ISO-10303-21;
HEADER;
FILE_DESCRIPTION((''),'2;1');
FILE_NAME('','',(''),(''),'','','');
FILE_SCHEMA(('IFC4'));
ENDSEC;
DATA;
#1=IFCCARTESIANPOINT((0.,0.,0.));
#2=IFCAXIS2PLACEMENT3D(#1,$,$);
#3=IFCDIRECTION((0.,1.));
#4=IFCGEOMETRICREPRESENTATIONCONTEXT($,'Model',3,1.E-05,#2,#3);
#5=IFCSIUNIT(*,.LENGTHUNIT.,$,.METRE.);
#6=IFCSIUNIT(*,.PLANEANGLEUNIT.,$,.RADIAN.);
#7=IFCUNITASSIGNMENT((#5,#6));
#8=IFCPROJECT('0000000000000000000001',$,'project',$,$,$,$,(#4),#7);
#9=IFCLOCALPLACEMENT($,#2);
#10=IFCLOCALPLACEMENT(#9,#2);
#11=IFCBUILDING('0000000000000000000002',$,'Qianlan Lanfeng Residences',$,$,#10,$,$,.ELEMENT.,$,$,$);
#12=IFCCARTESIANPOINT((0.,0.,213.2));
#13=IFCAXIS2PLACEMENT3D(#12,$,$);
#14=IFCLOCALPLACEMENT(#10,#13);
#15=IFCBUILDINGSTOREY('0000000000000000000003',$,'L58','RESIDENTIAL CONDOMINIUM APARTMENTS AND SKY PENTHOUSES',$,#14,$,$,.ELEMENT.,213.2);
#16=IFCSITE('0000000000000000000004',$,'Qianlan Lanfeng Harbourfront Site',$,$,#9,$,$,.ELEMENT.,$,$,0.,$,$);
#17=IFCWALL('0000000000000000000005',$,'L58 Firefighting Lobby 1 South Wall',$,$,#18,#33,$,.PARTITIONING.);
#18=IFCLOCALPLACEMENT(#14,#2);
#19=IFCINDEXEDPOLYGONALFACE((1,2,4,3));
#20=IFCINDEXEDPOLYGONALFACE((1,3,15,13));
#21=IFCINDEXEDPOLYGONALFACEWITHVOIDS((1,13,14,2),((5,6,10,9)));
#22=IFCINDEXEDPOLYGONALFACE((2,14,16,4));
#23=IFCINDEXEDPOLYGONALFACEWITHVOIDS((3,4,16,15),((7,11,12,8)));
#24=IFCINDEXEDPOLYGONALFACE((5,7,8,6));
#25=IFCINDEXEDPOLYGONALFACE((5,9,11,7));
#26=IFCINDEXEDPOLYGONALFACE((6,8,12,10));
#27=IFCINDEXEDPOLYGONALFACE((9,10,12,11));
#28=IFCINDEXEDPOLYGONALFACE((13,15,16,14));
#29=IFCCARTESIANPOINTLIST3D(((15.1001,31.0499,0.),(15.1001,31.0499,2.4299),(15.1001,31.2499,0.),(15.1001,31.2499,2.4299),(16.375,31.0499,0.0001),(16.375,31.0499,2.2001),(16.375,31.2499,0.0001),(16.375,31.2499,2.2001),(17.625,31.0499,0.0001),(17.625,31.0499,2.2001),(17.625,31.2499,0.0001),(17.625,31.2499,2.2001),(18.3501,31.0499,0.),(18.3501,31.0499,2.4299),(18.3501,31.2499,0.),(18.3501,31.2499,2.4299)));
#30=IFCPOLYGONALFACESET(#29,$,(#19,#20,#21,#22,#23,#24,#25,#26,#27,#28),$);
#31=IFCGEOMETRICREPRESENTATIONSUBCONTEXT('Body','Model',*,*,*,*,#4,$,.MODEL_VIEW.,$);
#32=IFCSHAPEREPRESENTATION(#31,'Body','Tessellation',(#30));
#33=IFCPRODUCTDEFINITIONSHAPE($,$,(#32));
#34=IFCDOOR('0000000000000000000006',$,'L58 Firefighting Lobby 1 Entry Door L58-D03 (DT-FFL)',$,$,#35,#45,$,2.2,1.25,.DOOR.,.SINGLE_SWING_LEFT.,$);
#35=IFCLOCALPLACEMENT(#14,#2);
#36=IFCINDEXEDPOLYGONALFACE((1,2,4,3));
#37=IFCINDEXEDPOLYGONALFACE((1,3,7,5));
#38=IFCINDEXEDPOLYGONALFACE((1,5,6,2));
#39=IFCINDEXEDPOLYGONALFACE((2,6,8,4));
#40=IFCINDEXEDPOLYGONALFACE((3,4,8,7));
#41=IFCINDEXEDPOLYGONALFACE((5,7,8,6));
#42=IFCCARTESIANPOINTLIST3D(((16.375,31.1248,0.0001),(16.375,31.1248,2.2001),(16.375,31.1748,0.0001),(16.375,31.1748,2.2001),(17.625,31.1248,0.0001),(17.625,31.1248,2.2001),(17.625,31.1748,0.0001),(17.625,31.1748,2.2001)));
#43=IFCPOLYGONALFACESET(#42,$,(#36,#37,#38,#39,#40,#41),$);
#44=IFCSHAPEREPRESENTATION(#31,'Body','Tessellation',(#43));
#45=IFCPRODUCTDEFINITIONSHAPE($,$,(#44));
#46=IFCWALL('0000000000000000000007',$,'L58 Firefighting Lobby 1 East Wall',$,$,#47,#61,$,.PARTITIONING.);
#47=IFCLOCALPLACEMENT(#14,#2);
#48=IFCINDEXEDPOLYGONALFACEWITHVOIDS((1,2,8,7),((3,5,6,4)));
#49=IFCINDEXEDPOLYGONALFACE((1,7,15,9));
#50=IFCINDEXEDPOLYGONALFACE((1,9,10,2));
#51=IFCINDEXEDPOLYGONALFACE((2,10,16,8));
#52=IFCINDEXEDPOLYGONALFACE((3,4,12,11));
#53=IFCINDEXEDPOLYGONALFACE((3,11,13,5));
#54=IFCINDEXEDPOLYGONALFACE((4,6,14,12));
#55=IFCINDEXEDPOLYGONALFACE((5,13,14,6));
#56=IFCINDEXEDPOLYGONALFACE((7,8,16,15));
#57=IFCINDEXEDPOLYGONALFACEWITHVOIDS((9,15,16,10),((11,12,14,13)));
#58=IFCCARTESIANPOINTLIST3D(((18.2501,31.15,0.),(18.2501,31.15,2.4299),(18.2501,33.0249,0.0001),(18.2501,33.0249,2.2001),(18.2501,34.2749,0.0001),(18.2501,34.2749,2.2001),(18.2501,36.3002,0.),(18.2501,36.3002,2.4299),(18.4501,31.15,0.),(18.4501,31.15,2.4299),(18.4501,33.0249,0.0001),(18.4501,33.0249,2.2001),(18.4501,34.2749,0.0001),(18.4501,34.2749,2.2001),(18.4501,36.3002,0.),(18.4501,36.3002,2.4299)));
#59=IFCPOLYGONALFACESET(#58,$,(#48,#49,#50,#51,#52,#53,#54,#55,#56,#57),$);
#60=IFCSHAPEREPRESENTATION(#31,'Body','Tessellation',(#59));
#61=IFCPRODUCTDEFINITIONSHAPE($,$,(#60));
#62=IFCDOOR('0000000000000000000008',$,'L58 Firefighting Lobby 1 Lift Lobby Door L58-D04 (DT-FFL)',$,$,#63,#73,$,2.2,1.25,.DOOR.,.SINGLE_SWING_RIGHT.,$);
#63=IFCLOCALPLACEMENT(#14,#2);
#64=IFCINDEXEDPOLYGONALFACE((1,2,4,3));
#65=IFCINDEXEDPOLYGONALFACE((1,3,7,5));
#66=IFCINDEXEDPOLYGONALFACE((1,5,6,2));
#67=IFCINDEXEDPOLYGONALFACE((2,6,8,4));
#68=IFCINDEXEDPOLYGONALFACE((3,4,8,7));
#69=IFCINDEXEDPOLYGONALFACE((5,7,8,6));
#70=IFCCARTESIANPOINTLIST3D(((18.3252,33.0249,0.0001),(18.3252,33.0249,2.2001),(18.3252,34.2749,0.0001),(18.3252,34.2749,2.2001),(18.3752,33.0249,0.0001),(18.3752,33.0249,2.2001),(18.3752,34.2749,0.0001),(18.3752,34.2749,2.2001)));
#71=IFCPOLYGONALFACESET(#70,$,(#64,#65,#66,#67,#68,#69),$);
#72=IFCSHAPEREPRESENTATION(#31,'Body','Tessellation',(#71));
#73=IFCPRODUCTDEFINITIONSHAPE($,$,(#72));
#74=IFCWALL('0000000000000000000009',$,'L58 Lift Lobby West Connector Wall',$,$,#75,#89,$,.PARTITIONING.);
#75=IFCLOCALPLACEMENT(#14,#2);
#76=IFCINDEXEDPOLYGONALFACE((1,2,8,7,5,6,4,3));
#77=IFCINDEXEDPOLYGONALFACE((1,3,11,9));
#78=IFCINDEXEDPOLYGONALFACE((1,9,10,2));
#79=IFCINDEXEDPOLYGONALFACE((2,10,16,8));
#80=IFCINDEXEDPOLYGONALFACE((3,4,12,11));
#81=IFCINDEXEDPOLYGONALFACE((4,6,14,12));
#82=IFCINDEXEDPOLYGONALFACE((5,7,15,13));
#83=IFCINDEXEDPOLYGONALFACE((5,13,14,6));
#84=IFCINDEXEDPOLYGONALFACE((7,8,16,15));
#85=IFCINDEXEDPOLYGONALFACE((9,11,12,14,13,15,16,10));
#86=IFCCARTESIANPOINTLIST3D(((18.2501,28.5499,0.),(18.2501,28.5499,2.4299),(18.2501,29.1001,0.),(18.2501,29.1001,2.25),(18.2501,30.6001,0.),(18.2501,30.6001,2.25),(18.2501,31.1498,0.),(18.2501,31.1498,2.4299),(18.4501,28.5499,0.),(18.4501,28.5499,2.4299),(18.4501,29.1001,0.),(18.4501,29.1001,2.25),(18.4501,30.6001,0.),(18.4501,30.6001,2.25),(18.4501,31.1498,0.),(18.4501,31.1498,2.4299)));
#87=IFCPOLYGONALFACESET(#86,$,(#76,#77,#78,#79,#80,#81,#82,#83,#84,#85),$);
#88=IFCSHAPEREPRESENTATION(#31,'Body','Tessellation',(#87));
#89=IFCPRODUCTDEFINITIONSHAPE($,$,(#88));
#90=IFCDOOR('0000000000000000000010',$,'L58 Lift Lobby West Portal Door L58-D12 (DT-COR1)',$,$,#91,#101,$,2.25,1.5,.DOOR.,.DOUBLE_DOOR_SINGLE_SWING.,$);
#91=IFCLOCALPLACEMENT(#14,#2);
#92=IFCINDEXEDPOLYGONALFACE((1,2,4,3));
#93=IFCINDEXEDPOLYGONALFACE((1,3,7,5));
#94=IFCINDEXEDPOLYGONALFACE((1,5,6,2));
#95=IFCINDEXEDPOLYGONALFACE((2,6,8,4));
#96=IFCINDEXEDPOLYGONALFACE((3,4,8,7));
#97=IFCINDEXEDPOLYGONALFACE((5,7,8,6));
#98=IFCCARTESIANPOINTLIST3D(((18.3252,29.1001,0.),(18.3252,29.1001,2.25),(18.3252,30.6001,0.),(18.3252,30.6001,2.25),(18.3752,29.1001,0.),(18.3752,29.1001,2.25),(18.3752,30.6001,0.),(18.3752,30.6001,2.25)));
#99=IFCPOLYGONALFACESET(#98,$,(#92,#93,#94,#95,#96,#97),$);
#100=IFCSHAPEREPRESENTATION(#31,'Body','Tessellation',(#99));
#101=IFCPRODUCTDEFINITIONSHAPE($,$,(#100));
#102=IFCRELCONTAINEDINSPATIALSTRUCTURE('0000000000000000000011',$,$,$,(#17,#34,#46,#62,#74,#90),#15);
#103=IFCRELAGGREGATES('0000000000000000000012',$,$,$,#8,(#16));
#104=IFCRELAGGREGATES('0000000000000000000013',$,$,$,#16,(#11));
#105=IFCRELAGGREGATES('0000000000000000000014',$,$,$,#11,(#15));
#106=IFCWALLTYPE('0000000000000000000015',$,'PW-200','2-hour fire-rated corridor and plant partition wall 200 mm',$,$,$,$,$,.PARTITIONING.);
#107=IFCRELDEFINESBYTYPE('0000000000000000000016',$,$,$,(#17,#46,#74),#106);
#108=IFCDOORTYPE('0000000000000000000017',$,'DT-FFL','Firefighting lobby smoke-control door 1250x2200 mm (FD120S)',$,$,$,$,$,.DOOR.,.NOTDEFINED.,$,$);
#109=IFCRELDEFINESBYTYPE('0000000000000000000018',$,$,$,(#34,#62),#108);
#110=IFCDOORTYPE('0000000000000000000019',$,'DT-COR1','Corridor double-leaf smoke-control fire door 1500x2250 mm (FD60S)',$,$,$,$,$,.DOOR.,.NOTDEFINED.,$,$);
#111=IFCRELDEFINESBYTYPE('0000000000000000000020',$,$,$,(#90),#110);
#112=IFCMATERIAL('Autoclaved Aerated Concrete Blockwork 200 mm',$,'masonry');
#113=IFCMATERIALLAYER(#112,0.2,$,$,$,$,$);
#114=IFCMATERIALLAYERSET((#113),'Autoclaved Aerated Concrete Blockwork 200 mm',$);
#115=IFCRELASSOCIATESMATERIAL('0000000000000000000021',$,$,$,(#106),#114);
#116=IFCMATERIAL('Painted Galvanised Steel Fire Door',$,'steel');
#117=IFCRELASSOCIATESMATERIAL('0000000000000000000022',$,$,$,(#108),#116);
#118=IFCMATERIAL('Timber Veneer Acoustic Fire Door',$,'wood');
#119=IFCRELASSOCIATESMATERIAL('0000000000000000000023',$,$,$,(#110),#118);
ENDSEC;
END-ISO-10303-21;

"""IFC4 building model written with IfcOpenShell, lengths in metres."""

from ifc_helpers import new_model, si_unit, direction, frame, frame_2d, origin, place, context, subcontext, project, spatial, rectangle, extrude, material, layer, layer_set, type_object, element, fill, save


model = new_model("IFC4")

# Units and contexts
model_context = context("Model", 3, precision=1e-05, world=origin(), true_north=direction((0.0, 1.0)))
body_context = subcontext(model_context, "Body", "Model", "MODEL_VIEW")
ifc_project = project(units=[si_unit("LENGTHUNIT", "METRE"), si_unit("PLANEANGLEUNIT", "RADIAN")], contexts=[model_context])

# Site, building, storey
site_placement = place(None, origin())
site = spatial("IfcSite", under=ifc_project, at=site_placement, Name="Qianlan Lanfeng Harbourfront Site", CompositionType="ELEMENT", RefElevation=0.0)
building_placement = place(site_placement, origin())
building = spatial("IfcBuilding", under=site, at=building_placement, Name="Qianlan Lanfeng Residences", CompositionType="ELEMENT")
storey_placement = place(building_placement, frame((0.0, 0.0, 213.2)))
storey = spatial("IfcBuildingStorey", under=building, at=storey_placement, Name="L58", Description="RESIDENTIAL CONDOMINIUM APARTMENTS AND SKY PENTHOUSES", CompositionType="ELEMENT", Elevation=213.2)

# Shared definitions
ifc_material_1 = material(Name="Painted Galvanised Steel Fire Door", Category="steel")

# Walls, openings, doors
ifc_material_2 = material(Name="Autoclaved Aerated Concrete Blockwork 200 mm", Category="masonry")
ifc_layer_1 = layer(ifc_material_2, 0.2)
ifc_layer_set_1 = layer_set([ifc_layer_1], Name="Autoclaved Aerated Concrete Blockwork 200 mm")
wall_type_1 = type_object("IfcWallType", Name="PW-200", Description="2-hour fire-rated corridor and plant partition wall 200 mm", PredefinedType="PARTITIONING", material=ifc_layer_set_1)
wall_1_placement = place(storey_placement, frame((15.1001, 31.1499, 0.0), z_axis=(0.0, 0.0, 1.0), x_axis=(1.0, 0.0, 0.0)))
wall_1 = element("IfcWall", 1, at=wall_1_placement, inside=storey, type_object=wall_type_1, Name="L58 Firefighting Lobby 1 South Wall", PredefinedType="PARTITIONING", context=body_context, shape_type="SweptSolid", body=[
    extrude(rectangle(XDim=3.25, YDim=0.2, at=frame_2d((1.625, 0.0))), origin(), (0.0, 0.0, 1.0), 2.4299),
])
opening_1_placement = place(wall_1_placement, frame((1.2749, 0.0, 0.0)))
opening_1 = element("IfcOpeningElement", 2, at=opening_1_placement, cuts=wall_1, PredefinedType="OPENING", context=body_context, shape_type="SweptSolid", body=[
    extrude(rectangle(XDim=1.25, YDim=2.2, at=frame_2d((0.625, 1.1001))), frame((0.0, 0.1099, 0.0), z_axis=(0.0, -1.0, 0.0), x_axis=(1.0, 0.0, 0.0)), (0.0, 0.0, 1.0), 0.22),
])
door_type_1 = type_object("IfcDoorType", Name="DT-FFL", Description="Firefighting lobby smoke-control door 1250x2200 mm (FD120S)", OperationType="NOTDEFINED", PredefinedType="DOOR", material=ifc_material_1)
door_1_placement = place(opening_1_placement, origin())
door_1 = element("IfcDoor", 3, at=door_1_placement, inside=storey, type_object=door_type_1, Name="L58 Firefighting Lobby 1 Entry Door L58-D03 (DT-FFL)", OperationType="SINGLE_SWING_LEFT", OverallHeight=2.2, OverallWidth=1.25, PredefinedType="DOOR", context=body_context, shape_type="SweptSolid", body=[
    extrude(rectangle(XDim=1.25, YDim=2.2, at=frame_2d((0.625, 1.1001))), frame((0.0, 0.0249, 0.0), z_axis=(0.0, -1.0, 0.0), x_axis=(1.0, 0.0, 0.0)), (0.0, 0.0, 1.0), 0.05),
])
fill(opening_1, door_1)
wall_2_placement = place(storey_placement, frame((18.3501, 31.1499, 0.0), z_axis=(0.0, 0.0, 1.0), x_axis=(0.0, 1.0, 0.0)))
wall_2 = element("IfcWall", 4, at=wall_2_placement, inside=storey, type_object=wall_type_1, Name="L58 Firefighting Lobby 1 East Wall", PredefinedType="PARTITIONING", context=body_context, shape_type="SweptSolid", body=[
    extrude(rectangle(XDim=5.1501, YDim=0.2, at=frame_2d((2.5752, 0.0))), origin(), (0.0, 0.0, 1.0), 2.4299),
])
opening_2_placement = place(wall_2_placement, frame((1.875, 0.0, 0.0)))
opening_2 = element("IfcOpeningElement", 5, at=opening_2_placement, cuts=wall_2, PredefinedType="OPENING", context=body_context, shape_type="SweptSolid", body=[
    extrude(rectangle(XDim=1.25, YDim=2.2, at=frame_2d((0.625, 1.1001))), frame((0.0, 0.1099, 0.0), z_axis=(0.0, -1.0, 0.0), x_axis=(1.0, 0.0, 0.0)), (0.0, 0.0, 1.0), 0.22),
])
door_2_placement = place(opening_2_placement, origin())
door_2 = element("IfcDoor", 6, at=door_2_placement, inside=storey, type_object=door_type_1, Name="L58 Firefighting Lobby 1 Lift Lobby Door L58-D04 (DT-FFL)", OperationType="SINGLE_SWING_RIGHT", OverallHeight=2.2, OverallWidth=1.25, PredefinedType="DOOR", context=body_context, shape_type="SweptSolid", body=[
    extrude(rectangle(XDim=1.25, YDim=2.2, at=frame_2d((0.625, 1.1001))), frame((0.0, 0.0249, 0.0), z_axis=(0.0, -1.0, 0.0), x_axis=(1.0, 0.0, 0.0)), (0.0, 0.0, 1.0), 0.05),
])
fill(opening_2, door_2)
wall_3_placement = place(storey_placement, frame((18.3501, 28.55, 0.0), z_axis=(0.0, 0.0, 1.0), x_axis=(0.0, 1.0, 0.0)))
wall_3 = element("IfcWall", 7, at=wall_3_placement, inside=storey, type_object=wall_type_1, Name="L58 Lift Lobby West Connector Wall", PredefinedType="PARTITIONING", context=body_context, shape_type="SweptSolid", body=[
    extrude(rectangle(XDim=2.5999, YDim=0.2, at=frame_2d((1.2998, 0.0))), origin(), (0.0, 0.0, 1.0), 2.4299),
])
opening_3_placement = place(wall_3_placement, frame((0.55, 0.0, 0.0)))
opening_3 = element("IfcOpeningElement", 8, at=opening_3_placement, cuts=wall_3, PredefinedType="OPENING", context=body_context, shape_type="SweptSolid", body=[
    extrude(rectangle(XDim=1.5, YDim=2.25, at=frame_2d((0.75, 1.125))), frame((0.0, 0.1099, 0.0), z_axis=(0.0, -1.0, 0.0), x_axis=(1.0, 0.0, 0.0)), (0.0, 0.0, 1.0), 0.22),
])
ifc_material_3 = material(Name="Timber Veneer Acoustic Fire Door", Category="wood")
door_type_2 = type_object("IfcDoorType", Name="DT-COR1", Description="Corridor double-leaf smoke-control fire door 1500x2250 mm (FD60S)", OperationType="NOTDEFINED", PredefinedType="DOOR", material=ifc_material_3)
door_3_placement = place(opening_3_placement, origin())
door_3 = element("IfcDoor", 9, at=door_3_placement, inside=storey, type_object=door_type_2, Name="L58 Lift Lobby West Portal Door L58-D12 (DT-COR1)", OperationType="DOUBLE_DOOR_SINGLE_SWING", OverallHeight=2.25, OverallWidth=1.5, PredefinedType="DOOR", context=body_context, shape_type="SweptSolid", body=[
    extrude(rectangle(XDim=1.5, YDim=2.25, at=frame_2d((0.75, 1.125))), frame((0.0, 0.0249, 0.0), z_axis=(0.0, -1.0, 0.0), x_axis=(1.0, 0.0, 0.0)), (0.0, 0.0, 1.0), 0.05),
])
fill(opening_3, door_3)

save(model, "model.ifc")
